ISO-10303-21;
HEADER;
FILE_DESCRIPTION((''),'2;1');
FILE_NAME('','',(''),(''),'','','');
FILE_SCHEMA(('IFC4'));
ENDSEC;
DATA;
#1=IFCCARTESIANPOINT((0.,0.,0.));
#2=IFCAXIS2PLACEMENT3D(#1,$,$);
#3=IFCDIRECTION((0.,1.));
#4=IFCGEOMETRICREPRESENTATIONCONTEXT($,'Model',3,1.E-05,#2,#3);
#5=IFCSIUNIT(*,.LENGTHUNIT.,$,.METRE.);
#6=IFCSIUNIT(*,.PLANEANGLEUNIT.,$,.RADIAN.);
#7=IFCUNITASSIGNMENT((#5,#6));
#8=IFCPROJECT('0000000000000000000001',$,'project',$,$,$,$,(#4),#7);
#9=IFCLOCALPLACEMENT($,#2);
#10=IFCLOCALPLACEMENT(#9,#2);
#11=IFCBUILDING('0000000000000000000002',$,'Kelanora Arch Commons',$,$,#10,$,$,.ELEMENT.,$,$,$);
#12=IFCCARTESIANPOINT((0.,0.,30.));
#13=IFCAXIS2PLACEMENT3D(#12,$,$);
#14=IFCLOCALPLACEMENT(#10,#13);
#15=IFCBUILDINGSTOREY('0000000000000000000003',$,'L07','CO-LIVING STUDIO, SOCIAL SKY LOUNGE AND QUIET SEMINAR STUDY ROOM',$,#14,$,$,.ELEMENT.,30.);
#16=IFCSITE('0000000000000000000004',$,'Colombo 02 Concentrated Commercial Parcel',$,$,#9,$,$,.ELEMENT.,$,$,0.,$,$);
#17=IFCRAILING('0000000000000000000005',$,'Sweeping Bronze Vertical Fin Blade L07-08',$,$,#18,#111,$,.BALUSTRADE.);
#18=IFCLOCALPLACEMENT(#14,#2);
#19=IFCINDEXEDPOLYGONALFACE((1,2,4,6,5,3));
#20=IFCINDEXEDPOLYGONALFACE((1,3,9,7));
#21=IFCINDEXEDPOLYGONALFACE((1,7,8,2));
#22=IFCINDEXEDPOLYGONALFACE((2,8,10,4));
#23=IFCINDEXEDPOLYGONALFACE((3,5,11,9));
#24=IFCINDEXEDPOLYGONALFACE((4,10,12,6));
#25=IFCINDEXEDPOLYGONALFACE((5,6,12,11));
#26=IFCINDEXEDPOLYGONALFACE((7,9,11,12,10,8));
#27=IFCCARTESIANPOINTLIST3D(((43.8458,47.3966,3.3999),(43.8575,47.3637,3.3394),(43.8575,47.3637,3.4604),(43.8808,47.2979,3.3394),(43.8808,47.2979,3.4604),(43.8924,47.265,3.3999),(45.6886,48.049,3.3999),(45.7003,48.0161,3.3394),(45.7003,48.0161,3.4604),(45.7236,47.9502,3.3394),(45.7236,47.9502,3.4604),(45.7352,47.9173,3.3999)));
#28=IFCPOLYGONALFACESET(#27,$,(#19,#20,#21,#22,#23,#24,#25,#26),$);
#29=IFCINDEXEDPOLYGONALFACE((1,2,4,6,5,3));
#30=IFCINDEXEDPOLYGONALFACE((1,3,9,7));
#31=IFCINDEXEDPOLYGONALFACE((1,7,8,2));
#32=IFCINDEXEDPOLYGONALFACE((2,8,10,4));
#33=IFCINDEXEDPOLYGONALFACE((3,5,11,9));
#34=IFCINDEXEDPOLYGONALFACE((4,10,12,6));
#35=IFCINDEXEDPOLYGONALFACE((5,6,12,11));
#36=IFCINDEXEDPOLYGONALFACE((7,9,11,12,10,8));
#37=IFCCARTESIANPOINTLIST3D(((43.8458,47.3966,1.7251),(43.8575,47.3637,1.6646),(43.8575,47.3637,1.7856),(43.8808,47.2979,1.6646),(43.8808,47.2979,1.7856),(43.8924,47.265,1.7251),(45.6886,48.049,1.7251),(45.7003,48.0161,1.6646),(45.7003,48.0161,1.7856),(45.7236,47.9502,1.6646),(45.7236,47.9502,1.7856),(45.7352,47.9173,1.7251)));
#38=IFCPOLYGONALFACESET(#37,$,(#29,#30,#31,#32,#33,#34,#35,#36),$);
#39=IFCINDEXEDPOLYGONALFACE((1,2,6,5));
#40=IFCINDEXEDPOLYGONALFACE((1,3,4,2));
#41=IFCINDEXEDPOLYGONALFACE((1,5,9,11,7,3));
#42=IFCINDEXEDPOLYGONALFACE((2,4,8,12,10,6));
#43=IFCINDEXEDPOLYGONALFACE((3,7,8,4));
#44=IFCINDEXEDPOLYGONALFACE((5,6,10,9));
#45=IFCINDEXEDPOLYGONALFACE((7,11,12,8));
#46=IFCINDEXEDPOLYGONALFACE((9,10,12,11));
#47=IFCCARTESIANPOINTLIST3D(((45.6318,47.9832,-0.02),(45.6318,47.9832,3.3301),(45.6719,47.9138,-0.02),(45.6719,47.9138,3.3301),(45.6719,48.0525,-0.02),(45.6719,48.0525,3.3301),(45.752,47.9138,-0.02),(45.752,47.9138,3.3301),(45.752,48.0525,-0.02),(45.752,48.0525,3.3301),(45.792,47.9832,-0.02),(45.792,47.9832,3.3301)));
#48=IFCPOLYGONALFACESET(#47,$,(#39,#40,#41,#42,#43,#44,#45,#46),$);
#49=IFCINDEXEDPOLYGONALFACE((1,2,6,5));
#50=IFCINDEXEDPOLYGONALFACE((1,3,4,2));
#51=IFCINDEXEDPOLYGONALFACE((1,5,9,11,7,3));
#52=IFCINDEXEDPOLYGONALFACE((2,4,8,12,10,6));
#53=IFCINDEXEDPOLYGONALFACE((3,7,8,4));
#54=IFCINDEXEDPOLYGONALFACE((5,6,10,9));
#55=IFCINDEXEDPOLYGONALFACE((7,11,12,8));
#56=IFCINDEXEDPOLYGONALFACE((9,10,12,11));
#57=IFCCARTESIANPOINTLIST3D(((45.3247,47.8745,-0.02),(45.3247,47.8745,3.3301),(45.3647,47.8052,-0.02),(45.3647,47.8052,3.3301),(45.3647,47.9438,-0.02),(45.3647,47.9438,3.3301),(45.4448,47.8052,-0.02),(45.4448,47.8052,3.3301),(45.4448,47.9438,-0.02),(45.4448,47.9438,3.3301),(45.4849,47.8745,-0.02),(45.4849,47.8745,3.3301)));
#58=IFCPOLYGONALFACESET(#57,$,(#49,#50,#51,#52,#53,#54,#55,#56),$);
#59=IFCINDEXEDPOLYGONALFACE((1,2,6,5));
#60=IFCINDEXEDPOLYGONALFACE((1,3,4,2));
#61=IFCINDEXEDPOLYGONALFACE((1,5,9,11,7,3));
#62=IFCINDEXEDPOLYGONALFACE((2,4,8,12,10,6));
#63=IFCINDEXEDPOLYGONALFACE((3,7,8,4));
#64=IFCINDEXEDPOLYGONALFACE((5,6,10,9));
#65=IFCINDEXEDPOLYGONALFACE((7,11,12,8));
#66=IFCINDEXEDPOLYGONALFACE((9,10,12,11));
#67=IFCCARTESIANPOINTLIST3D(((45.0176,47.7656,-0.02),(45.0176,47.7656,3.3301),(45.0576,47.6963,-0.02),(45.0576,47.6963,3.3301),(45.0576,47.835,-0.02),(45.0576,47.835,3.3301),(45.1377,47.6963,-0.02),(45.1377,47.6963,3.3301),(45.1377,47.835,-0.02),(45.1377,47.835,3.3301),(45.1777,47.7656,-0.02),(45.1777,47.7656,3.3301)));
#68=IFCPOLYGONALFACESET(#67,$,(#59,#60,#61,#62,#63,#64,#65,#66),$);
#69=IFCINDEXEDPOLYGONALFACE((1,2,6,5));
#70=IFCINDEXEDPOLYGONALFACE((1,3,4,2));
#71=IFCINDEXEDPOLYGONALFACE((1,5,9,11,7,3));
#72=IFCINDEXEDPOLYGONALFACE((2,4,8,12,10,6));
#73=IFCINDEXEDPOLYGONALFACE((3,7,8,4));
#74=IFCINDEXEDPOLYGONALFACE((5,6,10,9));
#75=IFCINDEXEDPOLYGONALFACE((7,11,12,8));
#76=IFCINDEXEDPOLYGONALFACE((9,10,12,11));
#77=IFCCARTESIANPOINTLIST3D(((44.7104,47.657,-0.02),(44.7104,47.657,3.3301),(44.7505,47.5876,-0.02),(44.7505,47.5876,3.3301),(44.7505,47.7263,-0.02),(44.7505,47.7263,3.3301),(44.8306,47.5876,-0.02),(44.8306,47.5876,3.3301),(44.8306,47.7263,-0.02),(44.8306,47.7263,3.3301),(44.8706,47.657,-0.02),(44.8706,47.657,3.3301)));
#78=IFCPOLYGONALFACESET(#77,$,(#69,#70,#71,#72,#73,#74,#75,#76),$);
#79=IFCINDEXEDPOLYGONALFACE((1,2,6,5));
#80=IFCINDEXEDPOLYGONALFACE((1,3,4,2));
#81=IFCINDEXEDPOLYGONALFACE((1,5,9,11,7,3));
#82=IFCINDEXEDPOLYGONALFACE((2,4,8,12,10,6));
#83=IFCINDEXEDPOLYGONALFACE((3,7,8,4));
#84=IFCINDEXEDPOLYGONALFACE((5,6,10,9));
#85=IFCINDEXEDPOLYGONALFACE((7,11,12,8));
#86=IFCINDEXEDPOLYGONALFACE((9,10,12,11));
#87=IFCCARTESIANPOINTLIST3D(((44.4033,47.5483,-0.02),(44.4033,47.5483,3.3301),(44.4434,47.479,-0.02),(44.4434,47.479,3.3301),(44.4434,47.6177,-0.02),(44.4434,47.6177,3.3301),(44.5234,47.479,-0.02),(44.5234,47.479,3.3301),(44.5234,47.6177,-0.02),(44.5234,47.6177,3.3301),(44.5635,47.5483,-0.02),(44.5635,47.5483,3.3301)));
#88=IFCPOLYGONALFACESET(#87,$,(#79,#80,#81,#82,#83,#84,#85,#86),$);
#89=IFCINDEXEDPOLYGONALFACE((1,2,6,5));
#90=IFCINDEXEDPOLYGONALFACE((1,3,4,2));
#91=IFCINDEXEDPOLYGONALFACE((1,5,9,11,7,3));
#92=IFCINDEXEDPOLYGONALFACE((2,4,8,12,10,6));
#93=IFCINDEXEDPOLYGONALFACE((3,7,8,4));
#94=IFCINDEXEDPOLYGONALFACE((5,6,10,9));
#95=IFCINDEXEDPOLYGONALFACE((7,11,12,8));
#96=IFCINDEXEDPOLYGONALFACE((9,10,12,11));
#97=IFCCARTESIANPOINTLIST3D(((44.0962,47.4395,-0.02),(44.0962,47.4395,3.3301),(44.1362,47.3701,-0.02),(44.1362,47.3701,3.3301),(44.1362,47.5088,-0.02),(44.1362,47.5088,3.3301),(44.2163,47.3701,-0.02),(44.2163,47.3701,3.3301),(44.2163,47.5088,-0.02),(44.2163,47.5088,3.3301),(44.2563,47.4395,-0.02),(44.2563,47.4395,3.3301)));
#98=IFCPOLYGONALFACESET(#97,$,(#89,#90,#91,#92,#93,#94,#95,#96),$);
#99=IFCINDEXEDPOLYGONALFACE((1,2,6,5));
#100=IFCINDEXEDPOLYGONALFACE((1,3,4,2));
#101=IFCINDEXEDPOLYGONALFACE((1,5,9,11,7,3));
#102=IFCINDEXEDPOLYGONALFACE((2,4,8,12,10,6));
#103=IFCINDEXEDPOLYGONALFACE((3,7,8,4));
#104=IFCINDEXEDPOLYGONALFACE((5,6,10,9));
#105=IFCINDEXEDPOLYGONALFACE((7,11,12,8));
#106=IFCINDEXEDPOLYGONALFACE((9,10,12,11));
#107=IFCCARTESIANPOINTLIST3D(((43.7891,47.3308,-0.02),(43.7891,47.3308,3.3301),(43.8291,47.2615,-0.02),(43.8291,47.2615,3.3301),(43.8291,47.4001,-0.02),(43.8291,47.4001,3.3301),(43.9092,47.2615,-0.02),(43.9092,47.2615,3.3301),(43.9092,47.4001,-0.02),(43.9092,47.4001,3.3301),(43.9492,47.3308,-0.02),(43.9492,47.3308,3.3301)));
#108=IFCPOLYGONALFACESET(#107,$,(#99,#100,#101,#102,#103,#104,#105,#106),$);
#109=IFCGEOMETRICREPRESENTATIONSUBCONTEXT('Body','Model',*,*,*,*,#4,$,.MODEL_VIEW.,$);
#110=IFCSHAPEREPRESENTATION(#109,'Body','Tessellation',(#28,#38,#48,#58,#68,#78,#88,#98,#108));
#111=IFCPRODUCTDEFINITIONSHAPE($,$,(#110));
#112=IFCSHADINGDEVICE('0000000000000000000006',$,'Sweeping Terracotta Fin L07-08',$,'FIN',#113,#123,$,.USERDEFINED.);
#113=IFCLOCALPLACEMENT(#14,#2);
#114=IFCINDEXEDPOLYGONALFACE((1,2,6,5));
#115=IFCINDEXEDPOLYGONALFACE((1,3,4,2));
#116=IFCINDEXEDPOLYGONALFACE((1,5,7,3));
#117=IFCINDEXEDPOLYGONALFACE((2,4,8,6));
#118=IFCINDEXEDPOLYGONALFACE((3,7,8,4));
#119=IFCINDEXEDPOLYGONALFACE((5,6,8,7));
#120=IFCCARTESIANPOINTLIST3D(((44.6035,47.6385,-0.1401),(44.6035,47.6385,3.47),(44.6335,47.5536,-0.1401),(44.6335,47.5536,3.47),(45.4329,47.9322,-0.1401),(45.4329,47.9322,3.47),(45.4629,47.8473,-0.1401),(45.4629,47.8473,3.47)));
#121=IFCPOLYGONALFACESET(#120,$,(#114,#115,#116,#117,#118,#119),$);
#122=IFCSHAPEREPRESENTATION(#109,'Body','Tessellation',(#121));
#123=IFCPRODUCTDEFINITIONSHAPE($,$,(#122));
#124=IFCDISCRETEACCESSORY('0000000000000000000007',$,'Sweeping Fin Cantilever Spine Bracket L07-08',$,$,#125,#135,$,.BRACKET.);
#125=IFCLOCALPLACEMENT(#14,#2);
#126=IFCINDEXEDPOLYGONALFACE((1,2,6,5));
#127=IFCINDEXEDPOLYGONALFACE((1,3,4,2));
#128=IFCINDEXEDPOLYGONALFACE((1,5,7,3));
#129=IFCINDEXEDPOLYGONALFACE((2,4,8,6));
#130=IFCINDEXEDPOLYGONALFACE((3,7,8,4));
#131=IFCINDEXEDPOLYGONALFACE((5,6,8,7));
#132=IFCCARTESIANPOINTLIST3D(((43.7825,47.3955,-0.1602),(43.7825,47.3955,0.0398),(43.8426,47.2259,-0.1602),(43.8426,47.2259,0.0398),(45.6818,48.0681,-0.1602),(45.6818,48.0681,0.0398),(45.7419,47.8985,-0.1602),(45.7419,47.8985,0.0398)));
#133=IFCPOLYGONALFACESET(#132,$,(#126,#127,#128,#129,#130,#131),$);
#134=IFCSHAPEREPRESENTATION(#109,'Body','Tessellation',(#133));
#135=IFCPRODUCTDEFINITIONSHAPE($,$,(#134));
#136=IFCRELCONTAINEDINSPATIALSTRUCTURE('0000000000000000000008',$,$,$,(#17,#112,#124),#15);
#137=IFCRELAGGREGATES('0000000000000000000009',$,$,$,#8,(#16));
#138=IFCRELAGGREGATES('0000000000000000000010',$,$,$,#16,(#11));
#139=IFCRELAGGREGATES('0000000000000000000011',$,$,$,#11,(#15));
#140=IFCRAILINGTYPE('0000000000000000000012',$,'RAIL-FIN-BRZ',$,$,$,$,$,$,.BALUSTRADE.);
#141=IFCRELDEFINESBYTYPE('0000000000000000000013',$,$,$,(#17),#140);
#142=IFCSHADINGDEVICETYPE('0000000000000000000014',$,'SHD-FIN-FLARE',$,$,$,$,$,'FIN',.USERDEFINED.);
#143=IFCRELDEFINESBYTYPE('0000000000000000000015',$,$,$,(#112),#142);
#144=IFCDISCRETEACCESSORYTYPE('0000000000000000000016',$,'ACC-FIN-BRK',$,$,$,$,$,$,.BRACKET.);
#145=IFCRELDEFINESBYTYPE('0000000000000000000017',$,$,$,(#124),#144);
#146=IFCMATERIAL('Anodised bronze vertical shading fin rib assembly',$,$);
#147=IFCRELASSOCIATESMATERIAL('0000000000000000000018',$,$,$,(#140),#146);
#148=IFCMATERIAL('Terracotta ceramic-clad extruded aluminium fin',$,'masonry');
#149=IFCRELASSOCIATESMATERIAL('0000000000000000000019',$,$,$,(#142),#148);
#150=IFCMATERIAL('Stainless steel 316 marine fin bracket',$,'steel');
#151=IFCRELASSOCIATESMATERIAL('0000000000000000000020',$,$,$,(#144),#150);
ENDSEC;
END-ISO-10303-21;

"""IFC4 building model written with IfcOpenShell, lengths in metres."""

from ifc_helpers import new_model, si_unit, direction, frame, origin, origin_2d, place, context, subcontext, project, spatial, polyline, rectangle, outline, extrude, source, transform, mapped, material, type_object, element, save


model = new_model("IFC4")

# Units and contexts
model_context = context("Model", 3, precision=1e-05, world=origin(), true_north=direction((0.0, 1.0)))
body_context = subcontext(model_context, "Body", "Model", "MODEL_VIEW")
ifc_project = project(units=[si_unit("LENGTHUNIT", "METRE"), si_unit("PLANEANGLEUNIT", "RADIAN")], contexts=[model_context])

# Site, building, storey
site_placement = place(None, origin())
site = spatial("IfcSite", under=ifc_project, at=site_placement, Name="Colombo 02 Concentrated Commercial Parcel", CompositionType="ELEMENT", RefElevation=0.0)
building_placement = place(site_placement, origin())
building = spatial("IfcBuilding", under=site, at=building_placement, Name="Kelanora Arch Commons", CompositionType="ELEMENT")
storey_placement = place(building_placement, frame((0.0, 0.0, 30.0)))
storey = spatial("IfcBuildingStorey", under=building, at=storey_placement, Name="L07", Description="CO-LIVING STUDIO, SOCIAL SKY LOUNGE AND QUIET SEMINAR STUDY ROOM", CompositionType="ELEMENT", Elevation=30.0)

# Railing
ifc_material_1 = material(Name="Anodised bronze vertical shading fin rib assembly")
railing_type = type_object("IfcRailingType", Name="RAIL-FIN-BRZ", PredefinedType="BALUSTRADE", material=ifc_material_1)
railing_placement = place(storey_placement, frame((45.7119, 47.9832, -0.02)))
element("IfcRailing", 1, at=railing_placement, inside=storey, type_object=railing_type, Name="Sweeping Bronze Vertical Fin Blade L07-08", PredefinedType="BALUSTRADE", context=body_context, shape_type="SweptSolid", body=[
    extrude(outline(polyline([(0.0698, 0.0), (0.0349, 0.0605), (-0.0349, 0.0605), (-0.0698, 0.0), (-0.0349, -0.0605), (0.0349, -0.0605), (0.0698, 0.0)])), frame((0.0, 0.0, 3.4199), z_axis=(-0.942676, -0.333708, 0.0), x_axis=(0.333708, -0.942676, 0.0)), (0.0, 0.0, 1.0), 1.9548),
    extrude(outline(polyline([(0.0698, 0.0), (0.0349, 0.0605), (-0.0349, 0.0605), (-0.0698, 0.0), (-0.0349, -0.0605), (0.0349, -0.0605), (0.0698, 0.0)])), frame((0.0, 0.0, 1.7451), z_axis=(-0.942676, -0.333708, 0.0), x_axis=(0.333708, -0.942676, 0.0)), (0.0, 0.0, 1.0), 1.9548),
    extrude(outline(polyline([(0.0801, 0.0), (0.04, 0.0693), (-0.04, 0.0693), (-0.0801, 0.0), (-0.04, -0.0693), (0.04, -0.0693), (0.0801, 0.0)])), origin(), (0.0, 0.0, 1.0), 3.3501),
    extrude(outline(polyline([(0.0801, 0.0), (0.04, 0.0693), (-0.04, 0.0693), (-0.0801, 0.0), (-0.04, -0.0693), (0.04, -0.0693), (0.0801, 0.0)])), frame((-0.3071, -0.1086, 0.0)), (0.0, 0.0, 1.0), 3.3501),
    extrude(outline(polyline([(0.0801, 0.0), (0.04, 0.0693), (-0.04, 0.0693), (-0.0801, 0.0), (-0.04, -0.0693), (0.04, -0.0693), (0.0801, 0.0)])), frame((-0.6143, -0.2175, 0.0)), (0.0, 0.0, 1.0), 3.3501),
    extrude(outline(polyline([(0.0801, 0.0), (0.04, 0.0693), (-0.04, 0.0693), (-0.0801, 0.0), (-0.04, -0.0693), (0.04, -0.0693), (0.0801, 0.0)])), frame((-0.9214, -0.3262, 0.0)), (0.0, 0.0, 1.0), 3.3501),
    extrude(outline(polyline([(0.0801, 0.0), (0.04, 0.0693), (-0.04, 0.0693), (-0.0801, 0.0), (-0.04, -0.0693), (0.04, -0.0693), (0.0801, 0.0)])), frame((-1.2285, -0.4348, 0.0)), (0.0, 0.0, 1.0), 3.3501),
    extrude(outline(polyline([(0.0801, 0.0), (0.04, 0.0693), (-0.04, 0.0693), (-0.0801, 0.0), (-0.04, -0.0693), (0.04, -0.0693), (0.0801, 0.0)])), frame((-1.5356, -0.5437, 0.0)), (0.0, 0.0, 1.0), 3.3501),
    extrude(outline(polyline([(0.0801, 0.0), (0.04, 0.0693), (-0.04, 0.0693), (-0.0801, 0.0), (-0.04, -0.0693), (0.04, -0.0693), (0.0801, 0.0)])), frame((-1.8428, -0.6523, 0.0)), (0.0, 0.0, 1.0), 3.3501),
])

# Shading device
ifc_material_2 = material(Name="Terracotta ceramic-clad extruded aluminium fin", Category="masonry")
shading_device_type = type_object("IfcShadingDeviceType", Name="SHD-FIN-FLARE", ElementType="FIN", PredefinedType="USERDEFINED", material=ifc_material_2)
shared_shape_1 = source(origin(), body_context, "Body", "SweptSolid", [
    extrude(rectangle(XDim=0.8799, YDim=0.0901, at=origin_2d()), origin(), (0.0, 0.0, 1.0), 3.6101),
])
shading_device_placement = place(storey_placement, frame((45.0332, 47.7429, -0.1401), z_axis=(0.0, 0.0, 1.0), x_axis=(-0.942641, -0.333807, 0.0)))
element("IfcShadingDevice", 2, at=shading_device_placement, inside=storey, type_object=shading_device_type, Name="Sweeping Terracotta Fin L07-08", ObjectType="FIN", PredefinedType="USERDEFINED", context=body_context, shape_type="MappedRepresentation", body=[
    mapped(shared_shape_1, transform((0.0, 0.0, 0.0), scale=1.0)),
])

# Discrete accessory
ifc_material_3 = material(Name="Stainless steel 316 marine fin bracket", Category="steel")
discrete_accessory_type = type_object("IfcDiscreteAccessoryType", Name="ACC-FIN-BRK", PredefinedType="BRACKET", material=ifc_material_3)
shared_shape_2 = source(origin(), body_context, "Body", "SweptSolid", [
    extrude(rectangle(XDim=2.0149, YDim=0.1799, at=origin_2d()), origin(), (0.0, 0.0, 1.0), 0.2),
])
discrete_accessory_placement = place(storey_placement, frame((44.7622, 47.647, -0.1602), z_axis=(0.0, 0.0, 1.0), x_axis=(-0.942641, -0.333807, 0.0)))
element("IfcDiscreteAccessory", 3, at=discrete_accessory_placement, inside=storey, type_object=discrete_accessory_type, Name="Sweeping Fin Cantilever Spine Bracket L07-08", PredefinedType="BRACKET", context=body_context, shape_type="MappedRepresentation", body=[
    mapped(shared_shape_2, transform((0.0, 0.0, 0.0), scale=1.0)),
])

save(model, "model.ifc")
